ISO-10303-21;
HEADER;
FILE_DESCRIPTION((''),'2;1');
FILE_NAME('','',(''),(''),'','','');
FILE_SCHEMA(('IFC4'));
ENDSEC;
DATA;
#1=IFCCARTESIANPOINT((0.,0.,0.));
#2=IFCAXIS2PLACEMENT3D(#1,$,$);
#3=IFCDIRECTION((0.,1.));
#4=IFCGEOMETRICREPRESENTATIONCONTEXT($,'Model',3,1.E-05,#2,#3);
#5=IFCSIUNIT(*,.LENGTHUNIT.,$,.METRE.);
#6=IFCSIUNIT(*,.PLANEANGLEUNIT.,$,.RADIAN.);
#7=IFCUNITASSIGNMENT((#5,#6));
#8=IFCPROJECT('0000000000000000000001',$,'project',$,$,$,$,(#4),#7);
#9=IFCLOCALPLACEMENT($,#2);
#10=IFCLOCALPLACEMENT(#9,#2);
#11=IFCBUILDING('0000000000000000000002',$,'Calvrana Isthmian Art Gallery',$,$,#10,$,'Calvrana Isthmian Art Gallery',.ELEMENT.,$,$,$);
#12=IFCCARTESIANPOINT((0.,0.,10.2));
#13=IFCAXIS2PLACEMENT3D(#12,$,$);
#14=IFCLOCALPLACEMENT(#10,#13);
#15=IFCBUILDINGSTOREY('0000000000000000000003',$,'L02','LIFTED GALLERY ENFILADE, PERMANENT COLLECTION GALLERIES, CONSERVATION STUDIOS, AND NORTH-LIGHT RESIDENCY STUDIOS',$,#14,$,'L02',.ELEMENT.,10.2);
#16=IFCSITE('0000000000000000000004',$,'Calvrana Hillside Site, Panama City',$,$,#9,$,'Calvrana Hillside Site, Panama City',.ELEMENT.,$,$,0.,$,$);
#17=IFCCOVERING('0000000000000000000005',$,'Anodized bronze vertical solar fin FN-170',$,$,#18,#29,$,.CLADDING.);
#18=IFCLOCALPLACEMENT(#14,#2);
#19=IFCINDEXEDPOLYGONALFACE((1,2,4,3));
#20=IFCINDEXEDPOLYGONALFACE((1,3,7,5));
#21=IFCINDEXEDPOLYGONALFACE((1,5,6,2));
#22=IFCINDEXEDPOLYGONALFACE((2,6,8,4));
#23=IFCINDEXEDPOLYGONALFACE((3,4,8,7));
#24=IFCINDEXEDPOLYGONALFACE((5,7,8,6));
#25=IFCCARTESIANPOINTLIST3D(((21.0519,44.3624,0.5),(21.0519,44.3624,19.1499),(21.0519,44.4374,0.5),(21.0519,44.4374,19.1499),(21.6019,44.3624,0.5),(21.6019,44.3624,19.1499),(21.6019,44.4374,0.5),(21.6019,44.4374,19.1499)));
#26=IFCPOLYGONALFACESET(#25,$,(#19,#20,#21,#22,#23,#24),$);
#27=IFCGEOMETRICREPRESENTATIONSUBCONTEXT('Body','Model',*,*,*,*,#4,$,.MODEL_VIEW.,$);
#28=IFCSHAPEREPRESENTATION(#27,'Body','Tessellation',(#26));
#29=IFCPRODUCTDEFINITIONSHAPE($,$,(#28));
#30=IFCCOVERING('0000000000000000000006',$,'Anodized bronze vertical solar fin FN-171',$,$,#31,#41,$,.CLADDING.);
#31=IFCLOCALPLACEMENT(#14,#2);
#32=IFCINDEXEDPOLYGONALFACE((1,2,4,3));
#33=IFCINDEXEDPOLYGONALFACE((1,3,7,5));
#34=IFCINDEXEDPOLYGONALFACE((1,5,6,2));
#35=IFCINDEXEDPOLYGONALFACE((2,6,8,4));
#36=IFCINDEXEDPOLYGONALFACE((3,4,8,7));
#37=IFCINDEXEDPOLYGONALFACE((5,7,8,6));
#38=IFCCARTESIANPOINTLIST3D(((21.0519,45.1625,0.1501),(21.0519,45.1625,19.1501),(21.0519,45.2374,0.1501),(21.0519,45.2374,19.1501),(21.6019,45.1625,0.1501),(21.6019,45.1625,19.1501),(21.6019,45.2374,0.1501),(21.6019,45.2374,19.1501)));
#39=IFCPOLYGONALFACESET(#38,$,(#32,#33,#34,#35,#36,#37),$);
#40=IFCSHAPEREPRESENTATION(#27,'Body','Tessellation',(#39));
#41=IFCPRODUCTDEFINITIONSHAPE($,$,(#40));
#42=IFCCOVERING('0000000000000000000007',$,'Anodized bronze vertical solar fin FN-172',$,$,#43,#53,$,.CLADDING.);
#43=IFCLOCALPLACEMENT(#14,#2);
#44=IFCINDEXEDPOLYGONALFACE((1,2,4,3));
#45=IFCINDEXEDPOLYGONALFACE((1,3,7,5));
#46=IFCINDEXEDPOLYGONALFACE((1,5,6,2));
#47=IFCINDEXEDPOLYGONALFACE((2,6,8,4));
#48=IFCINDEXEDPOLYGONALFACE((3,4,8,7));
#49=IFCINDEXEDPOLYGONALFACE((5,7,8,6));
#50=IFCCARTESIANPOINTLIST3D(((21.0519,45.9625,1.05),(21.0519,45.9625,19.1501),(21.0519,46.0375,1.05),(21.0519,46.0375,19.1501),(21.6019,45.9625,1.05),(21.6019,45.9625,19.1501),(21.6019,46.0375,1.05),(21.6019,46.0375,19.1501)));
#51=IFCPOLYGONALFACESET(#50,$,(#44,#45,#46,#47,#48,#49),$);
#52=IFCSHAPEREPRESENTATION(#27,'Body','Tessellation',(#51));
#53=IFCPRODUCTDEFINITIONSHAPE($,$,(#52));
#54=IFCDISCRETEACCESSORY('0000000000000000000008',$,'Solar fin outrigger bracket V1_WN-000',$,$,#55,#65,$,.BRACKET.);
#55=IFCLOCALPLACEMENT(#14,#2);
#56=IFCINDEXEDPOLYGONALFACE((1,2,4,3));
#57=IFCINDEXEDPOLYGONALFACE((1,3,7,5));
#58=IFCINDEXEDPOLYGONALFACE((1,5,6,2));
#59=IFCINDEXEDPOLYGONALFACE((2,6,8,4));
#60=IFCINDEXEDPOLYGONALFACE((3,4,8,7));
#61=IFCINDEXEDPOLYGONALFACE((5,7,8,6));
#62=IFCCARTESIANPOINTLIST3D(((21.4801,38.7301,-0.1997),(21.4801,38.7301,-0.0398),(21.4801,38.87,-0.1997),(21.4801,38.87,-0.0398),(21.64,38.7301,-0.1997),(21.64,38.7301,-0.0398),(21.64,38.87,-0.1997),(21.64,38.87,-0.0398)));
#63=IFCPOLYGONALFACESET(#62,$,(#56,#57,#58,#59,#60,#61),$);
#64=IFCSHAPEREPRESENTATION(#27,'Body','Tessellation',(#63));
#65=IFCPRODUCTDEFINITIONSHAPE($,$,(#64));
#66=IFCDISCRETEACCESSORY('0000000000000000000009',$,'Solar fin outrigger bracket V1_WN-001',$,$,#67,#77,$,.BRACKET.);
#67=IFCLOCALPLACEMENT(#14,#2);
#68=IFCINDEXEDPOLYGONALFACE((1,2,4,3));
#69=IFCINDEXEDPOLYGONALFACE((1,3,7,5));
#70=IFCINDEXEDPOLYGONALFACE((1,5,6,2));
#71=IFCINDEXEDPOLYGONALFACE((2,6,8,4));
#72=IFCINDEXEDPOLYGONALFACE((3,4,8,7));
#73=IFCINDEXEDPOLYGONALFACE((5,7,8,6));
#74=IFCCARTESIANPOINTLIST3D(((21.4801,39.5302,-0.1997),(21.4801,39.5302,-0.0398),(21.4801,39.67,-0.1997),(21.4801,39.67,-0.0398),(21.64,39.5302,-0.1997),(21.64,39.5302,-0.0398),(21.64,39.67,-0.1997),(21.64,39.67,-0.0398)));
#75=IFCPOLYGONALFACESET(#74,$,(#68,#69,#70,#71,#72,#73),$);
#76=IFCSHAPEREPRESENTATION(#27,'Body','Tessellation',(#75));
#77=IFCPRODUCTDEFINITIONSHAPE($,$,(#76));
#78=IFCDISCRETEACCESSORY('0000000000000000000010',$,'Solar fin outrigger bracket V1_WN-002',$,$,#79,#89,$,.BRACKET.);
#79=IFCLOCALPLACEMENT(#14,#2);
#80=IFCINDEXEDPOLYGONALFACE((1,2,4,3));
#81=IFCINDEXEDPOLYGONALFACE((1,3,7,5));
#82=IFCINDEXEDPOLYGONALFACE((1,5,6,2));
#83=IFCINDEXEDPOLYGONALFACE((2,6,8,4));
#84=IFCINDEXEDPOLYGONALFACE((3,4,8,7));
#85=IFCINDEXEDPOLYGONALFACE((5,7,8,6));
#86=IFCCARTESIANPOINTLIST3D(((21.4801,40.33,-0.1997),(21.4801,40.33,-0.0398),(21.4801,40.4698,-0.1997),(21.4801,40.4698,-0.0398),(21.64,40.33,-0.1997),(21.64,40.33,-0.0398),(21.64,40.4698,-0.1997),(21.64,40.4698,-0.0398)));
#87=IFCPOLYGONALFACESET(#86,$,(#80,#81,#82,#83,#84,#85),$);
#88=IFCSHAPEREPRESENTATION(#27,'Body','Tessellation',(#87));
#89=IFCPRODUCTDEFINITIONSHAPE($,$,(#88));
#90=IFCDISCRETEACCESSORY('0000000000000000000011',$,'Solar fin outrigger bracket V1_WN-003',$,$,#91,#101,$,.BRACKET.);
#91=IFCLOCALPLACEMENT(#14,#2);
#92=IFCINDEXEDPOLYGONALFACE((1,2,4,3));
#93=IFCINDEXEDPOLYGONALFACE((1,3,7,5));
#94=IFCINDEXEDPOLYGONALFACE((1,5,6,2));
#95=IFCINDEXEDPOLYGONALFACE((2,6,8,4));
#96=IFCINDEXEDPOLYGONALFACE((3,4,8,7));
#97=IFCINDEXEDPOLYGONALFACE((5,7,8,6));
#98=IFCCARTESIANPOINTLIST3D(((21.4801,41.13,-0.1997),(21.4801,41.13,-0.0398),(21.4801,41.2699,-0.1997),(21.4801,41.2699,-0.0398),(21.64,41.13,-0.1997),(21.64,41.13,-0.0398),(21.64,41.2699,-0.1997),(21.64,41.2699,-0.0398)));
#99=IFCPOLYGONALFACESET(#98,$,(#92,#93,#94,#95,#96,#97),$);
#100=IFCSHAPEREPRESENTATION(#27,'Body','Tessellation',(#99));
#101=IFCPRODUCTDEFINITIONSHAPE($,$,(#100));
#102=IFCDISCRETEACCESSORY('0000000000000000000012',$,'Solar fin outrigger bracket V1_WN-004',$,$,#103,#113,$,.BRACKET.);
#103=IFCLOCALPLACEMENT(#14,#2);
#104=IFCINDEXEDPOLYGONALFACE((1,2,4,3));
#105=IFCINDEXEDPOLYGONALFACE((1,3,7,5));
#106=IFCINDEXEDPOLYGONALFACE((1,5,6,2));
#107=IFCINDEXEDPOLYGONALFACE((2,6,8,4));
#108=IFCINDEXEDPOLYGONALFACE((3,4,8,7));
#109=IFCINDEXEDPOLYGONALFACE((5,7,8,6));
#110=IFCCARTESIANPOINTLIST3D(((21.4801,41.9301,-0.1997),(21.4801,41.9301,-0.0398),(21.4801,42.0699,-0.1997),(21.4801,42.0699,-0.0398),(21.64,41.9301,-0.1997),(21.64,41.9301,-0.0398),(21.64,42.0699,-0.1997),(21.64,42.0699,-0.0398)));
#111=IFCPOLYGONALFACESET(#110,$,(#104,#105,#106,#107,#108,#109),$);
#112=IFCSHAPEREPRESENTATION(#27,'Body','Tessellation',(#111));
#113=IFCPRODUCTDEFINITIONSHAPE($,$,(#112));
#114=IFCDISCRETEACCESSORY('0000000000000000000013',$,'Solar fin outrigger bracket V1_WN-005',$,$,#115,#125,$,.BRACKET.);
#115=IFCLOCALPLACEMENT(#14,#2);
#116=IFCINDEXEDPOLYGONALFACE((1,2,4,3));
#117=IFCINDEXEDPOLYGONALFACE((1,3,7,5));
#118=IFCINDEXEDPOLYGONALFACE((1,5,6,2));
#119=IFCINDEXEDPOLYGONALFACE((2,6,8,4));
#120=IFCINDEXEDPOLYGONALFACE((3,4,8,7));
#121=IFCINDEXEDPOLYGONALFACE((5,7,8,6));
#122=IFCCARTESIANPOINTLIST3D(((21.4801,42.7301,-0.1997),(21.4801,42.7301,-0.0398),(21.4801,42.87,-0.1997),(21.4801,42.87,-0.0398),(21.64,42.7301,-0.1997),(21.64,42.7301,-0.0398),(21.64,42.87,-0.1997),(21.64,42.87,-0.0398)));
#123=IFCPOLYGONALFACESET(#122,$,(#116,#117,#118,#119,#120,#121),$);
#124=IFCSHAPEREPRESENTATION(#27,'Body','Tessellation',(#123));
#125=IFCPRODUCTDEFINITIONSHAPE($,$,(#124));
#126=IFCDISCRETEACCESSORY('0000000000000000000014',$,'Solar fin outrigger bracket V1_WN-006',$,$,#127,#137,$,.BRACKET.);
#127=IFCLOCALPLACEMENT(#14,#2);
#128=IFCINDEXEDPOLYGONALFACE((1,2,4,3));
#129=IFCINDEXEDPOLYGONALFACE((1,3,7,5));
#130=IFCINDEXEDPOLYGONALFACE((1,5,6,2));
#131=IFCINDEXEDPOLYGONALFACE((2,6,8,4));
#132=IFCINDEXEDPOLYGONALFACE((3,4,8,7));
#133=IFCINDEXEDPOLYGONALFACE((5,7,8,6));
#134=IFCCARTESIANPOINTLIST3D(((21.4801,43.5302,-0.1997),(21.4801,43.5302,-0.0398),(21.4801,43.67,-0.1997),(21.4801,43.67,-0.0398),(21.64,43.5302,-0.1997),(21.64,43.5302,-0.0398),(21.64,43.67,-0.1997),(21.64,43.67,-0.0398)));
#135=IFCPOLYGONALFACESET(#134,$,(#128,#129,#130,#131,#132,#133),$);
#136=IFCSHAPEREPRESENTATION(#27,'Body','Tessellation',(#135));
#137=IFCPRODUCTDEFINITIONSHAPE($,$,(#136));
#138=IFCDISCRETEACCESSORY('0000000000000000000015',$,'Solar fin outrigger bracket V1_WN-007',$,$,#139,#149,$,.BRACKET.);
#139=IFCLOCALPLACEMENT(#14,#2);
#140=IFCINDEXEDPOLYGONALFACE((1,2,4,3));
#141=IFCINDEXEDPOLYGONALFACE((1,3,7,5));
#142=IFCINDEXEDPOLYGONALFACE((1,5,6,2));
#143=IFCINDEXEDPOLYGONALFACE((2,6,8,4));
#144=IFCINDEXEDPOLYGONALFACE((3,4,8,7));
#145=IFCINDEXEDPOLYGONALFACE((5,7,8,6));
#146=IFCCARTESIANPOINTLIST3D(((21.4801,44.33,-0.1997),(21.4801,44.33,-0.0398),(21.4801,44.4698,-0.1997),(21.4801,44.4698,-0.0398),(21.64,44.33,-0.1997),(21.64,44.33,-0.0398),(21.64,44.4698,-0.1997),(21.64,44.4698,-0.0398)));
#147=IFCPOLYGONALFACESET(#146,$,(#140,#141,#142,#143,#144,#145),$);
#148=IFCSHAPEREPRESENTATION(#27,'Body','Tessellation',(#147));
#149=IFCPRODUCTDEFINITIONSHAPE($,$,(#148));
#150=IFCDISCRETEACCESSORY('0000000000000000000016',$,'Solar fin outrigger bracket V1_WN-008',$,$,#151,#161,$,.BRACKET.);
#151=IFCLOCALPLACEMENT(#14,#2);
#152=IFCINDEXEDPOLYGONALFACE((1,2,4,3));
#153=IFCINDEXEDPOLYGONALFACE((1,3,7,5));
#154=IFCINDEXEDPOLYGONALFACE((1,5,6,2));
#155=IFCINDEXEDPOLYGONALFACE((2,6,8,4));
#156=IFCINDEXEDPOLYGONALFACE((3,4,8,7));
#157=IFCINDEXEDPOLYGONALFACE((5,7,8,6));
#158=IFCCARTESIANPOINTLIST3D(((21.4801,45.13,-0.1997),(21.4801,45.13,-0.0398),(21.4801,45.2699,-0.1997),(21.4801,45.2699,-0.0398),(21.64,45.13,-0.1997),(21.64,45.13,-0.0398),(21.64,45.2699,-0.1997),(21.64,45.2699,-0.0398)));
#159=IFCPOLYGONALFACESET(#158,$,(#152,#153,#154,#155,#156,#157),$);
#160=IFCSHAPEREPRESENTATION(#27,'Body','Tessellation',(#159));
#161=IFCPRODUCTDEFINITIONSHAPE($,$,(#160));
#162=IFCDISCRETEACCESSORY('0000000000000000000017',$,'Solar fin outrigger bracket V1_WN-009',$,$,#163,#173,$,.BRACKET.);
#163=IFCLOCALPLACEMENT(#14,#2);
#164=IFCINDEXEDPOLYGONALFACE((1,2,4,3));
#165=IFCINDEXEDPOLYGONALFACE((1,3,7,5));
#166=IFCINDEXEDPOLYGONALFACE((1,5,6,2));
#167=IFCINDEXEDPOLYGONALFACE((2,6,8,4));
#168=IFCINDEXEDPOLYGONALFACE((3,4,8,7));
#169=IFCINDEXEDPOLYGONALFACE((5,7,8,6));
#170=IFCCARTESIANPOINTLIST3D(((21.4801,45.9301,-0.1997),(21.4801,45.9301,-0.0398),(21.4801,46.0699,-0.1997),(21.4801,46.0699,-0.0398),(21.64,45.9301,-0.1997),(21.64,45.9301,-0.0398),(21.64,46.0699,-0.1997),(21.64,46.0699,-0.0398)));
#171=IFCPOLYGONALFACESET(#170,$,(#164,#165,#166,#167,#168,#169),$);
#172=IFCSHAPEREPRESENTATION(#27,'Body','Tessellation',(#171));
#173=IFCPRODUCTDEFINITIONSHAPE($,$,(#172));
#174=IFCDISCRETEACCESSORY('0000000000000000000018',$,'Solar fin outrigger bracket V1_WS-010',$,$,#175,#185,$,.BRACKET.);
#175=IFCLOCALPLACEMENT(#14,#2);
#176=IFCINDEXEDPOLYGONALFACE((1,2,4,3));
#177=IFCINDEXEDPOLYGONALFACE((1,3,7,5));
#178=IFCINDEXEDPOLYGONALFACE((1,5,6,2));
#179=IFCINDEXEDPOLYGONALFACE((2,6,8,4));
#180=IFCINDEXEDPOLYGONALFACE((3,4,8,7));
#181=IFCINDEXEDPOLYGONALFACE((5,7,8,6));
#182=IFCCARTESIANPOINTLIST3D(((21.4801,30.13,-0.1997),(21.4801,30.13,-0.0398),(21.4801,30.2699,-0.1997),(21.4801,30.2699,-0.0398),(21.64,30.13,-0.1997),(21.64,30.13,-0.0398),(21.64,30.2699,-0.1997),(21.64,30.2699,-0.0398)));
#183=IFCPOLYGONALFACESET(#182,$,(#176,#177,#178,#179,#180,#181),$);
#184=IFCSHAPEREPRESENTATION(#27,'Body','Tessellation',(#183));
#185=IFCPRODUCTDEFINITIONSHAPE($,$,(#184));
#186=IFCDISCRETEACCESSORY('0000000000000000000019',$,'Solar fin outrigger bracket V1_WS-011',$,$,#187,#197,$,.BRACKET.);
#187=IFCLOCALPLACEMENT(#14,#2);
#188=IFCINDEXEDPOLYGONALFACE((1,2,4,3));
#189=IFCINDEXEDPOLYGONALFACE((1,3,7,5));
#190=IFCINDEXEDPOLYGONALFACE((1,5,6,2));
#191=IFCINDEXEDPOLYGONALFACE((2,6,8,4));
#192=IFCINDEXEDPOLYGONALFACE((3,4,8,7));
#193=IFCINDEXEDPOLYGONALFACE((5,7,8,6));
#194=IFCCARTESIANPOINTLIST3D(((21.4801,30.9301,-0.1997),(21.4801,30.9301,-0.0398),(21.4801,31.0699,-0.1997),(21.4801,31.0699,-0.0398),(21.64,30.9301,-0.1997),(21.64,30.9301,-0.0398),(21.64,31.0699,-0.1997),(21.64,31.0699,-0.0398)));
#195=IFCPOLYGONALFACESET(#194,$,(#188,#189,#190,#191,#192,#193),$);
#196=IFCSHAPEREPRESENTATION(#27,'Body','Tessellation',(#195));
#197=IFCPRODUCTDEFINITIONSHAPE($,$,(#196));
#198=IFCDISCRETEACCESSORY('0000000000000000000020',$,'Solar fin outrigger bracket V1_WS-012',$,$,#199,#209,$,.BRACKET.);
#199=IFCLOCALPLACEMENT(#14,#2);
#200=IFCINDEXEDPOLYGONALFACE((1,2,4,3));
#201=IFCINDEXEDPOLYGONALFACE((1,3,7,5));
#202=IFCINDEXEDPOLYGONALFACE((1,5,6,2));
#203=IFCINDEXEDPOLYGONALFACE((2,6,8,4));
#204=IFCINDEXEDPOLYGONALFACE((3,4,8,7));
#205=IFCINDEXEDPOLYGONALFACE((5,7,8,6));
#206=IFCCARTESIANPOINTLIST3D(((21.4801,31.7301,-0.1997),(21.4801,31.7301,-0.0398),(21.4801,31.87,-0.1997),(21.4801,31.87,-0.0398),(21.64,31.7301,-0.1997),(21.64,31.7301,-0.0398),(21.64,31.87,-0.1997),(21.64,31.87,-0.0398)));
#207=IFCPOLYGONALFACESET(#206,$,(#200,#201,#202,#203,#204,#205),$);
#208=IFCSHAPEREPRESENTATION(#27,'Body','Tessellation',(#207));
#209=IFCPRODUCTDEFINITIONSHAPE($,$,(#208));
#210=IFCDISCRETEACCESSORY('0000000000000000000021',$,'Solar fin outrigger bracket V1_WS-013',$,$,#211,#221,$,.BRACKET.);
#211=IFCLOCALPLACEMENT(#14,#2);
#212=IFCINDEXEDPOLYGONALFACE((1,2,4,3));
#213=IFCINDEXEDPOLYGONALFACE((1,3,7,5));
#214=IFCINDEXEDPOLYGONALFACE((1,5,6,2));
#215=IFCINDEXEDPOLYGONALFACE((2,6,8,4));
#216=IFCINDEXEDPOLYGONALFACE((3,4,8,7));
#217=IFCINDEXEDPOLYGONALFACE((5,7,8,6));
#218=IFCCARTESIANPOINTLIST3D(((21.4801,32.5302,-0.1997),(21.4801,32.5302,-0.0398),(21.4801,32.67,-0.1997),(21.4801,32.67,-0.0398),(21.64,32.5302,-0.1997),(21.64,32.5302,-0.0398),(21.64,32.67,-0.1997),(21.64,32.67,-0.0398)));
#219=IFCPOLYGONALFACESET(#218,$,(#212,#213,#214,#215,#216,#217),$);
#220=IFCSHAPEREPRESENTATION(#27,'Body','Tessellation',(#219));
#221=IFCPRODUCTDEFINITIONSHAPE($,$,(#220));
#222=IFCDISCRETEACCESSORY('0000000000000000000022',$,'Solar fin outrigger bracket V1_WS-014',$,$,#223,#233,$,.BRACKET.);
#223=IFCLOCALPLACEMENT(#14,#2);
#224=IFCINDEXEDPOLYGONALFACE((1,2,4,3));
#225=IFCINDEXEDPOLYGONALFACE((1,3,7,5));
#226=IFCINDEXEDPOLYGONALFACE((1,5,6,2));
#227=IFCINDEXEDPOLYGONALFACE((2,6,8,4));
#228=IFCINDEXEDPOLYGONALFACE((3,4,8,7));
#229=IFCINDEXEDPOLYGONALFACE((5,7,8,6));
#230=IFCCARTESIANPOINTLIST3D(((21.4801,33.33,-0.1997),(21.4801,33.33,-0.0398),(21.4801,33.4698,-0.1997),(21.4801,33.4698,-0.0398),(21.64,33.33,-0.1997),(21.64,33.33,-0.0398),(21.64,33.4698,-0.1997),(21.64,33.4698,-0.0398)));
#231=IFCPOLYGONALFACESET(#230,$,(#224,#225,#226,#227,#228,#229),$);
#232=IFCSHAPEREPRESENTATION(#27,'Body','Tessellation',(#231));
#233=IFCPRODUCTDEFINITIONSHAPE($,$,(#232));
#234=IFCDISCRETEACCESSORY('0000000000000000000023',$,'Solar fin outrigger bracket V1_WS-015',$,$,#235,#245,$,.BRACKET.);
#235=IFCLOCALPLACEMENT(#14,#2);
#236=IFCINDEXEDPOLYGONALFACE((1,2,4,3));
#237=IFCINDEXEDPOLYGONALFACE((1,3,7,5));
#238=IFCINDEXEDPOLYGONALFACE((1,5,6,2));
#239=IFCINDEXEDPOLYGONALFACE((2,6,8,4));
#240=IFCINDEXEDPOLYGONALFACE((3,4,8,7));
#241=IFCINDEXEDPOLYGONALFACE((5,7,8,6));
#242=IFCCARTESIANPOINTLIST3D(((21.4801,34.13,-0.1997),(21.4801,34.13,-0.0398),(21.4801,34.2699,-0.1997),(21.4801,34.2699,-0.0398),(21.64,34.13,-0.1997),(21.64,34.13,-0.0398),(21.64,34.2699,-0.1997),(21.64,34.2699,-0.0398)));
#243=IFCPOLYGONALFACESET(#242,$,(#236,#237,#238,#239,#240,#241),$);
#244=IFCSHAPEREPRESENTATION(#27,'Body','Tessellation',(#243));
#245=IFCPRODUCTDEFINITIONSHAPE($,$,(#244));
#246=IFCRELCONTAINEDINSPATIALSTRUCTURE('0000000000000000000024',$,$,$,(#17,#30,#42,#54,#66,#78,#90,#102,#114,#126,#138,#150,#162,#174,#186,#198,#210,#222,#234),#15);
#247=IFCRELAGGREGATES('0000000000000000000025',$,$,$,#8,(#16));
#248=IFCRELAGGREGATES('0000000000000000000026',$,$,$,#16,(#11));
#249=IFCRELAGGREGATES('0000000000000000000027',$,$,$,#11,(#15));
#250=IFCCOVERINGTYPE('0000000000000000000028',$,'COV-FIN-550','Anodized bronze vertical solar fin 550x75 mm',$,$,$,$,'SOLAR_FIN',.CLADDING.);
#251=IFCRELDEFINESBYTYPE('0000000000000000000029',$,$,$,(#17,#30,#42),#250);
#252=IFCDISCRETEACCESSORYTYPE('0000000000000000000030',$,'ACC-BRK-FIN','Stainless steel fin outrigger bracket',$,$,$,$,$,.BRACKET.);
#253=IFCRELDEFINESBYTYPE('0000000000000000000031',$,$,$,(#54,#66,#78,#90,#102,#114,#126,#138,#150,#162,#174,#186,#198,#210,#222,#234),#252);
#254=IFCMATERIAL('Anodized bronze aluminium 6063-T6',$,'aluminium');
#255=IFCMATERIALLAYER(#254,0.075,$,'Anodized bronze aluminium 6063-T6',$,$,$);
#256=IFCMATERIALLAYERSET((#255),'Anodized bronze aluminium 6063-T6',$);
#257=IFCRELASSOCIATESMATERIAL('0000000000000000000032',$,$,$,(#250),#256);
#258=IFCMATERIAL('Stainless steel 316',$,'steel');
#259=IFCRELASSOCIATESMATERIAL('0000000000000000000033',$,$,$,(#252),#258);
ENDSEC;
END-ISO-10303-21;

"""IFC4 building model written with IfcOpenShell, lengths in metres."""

from ifc_helpers import new_model, si_unit, direction, frame, origin, origin_2d, place, context, subcontext, project, spatial, rectangle, extrude, material, layer, layer_set, type_object, element, save


model = new_model("IFC4")

# Units and contexts
model_context = context("Model", 3, precision=1e-05, world=origin(), true_north=direction((0.0, 1.0)))
body_context = subcontext(model_context, "Body", "Model", "MODEL_VIEW")
ifc_project = project(units=[si_unit("LENGTHUNIT", "METRE"), si_unit("PLANEANGLEUNIT", "RADIAN")], contexts=[model_context])

# Site, building, storey
site_placement = place(None, origin())
site = spatial("IfcSite", under=ifc_project, at=site_placement, Name="Calvrana Hillside Site, Panama City", LongName="Calvrana Hillside Site, Panama City", CompositionType="ELEMENT", RefElevation=0.0)
building_placement = place(site_placement, origin())
building = spatial("IfcBuilding", under=site, at=building_placement, Name="Calvrana Isthmian Art Gallery", LongName="Calvrana Isthmian Art Gallery", CompositionType="ELEMENT")
storey_placement = place(building_placement, frame((0.0, 0.0, 10.2)))
storey = spatial("IfcBuildingStorey", under=building, at=storey_placement, Name="L02", Description="LIFTED GALLERY ENFILADE, PERMANENT COLLECTION GALLERIES, CONSERVATION STUDIOS, AND NORTH-LIGHT RESIDENCY STUDIOS", LongName="L02", CompositionType="ELEMENT", Elevation=10.2)

# Coverings
ifc_material_1 = material(Name="Anodized bronze aluminium 6063-T6", Category="aluminium")
ifc_layer = layer(ifc_material_1, 0.075, Name="Anodized bronze aluminium 6063-T6")
ifc_layer_set = layer_set([ifc_layer], Name="Anodized bronze aluminium 6063-T6")
covering_type = type_object("IfcCoveringType", Name="COV-FIN-550", Description="Anodized bronze vertical solar fin 550x75 mm", ElementType="SOLAR_FIN", PredefinedType="CLADDING", material=ifc_layer_set)
covering_1_placement = place(storey_placement, frame((21.3269, 44.3999, 0.5), z_axis=(0.0, 0.0, 1.0), x_axis=(1.0, 0.0, 0.0)))
element("IfcCovering", 1, at=covering_1_placement, inside=storey, type_object=covering_type, Name="Anodized bronze vertical solar fin FN-170", PredefinedType="CLADDING", context=body_context, shape_type="SweptSolid", body=[
    extrude(rectangle(XDim=0.55, YDim=0.075, at=origin_2d()), origin(), (0.0, 0.0, 1.0), 18.6499),
])
covering_2_placement = place(storey_placement, frame((21.3269, 45.2, 0.1501), z_axis=(0.0, 0.0, 1.0), x_axis=(1.0, 0.0, 0.0)))
element("IfcCovering", 2, at=covering_2_placement, inside=storey, type_object=covering_type, Name="Anodized bronze vertical solar fin FN-171", PredefinedType="CLADDING", context=body_context, shape_type="SweptSolid", body=[
    extrude(rectangle(XDim=0.55, YDim=0.075, at=origin_2d()), origin(), (0.0, 0.0, 1.0), 19.0),
])
covering_3_placement = place(storey_placement, frame((21.3269, 46.0, 1.05), z_axis=(0.0, 0.0, 1.0), x_axis=(1.0, 0.0, 0.0)))
element("IfcCovering", 3, at=covering_3_placement, inside=storey, type_object=covering_type, Name="Anodized bronze vertical solar fin FN-172", PredefinedType="CLADDING", context=body_context, shape_type="SweptSolid", body=[
    extrude(rectangle(XDim=0.55, YDim=0.075, at=origin_2d()), origin(), (0.0, 0.0, 1.0), 18.1001),
])

# Discrete accessories
ifc_material_2 = material(Name="Stainless steel 316", Category="steel")
discrete_accessory_type = type_object("IfcDiscreteAccessoryType", Name="ACC-BRK-FIN", Description="Stainless steel fin outrigger bracket", PredefinedType="BRACKET", material=ifc_material_2)
for number, where, z_axis, x_axis, name in (
    (4, (21.5601, 38.8, -0.1997), (0.0, 0.0, 1.0), (1.0, 0.0, 0.0), "Solar fin outrigger bracket V1_WN-000"),
    (5, (21.5601, 39.6001, -0.1997), (0.0, 0.0, 1.0), (1.0, 0.0, 0.0), "Solar fin outrigger bracket V1_WN-001"),
    (6, (21.5601, 40.3999, -0.1997), (0.0, 0.0, 1.0), (1.0, 0.0, 0.0), "Solar fin outrigger bracket V1_WN-002"),
    (7, (21.5601, 41.2, -0.1997), (0.0, 0.0, 1.0), (1.0, 0.0, 0.0), "Solar fin outrigger bracket V1_WN-003"),
    (8, (21.5601, 42.0, -0.1997), (0.0, 0.0, 1.0), (1.0, 0.0, 0.0), "Solar fin outrigger bracket V1_WN-004"),
    (9, (21.5601, 42.8, -0.1997), (0.0, 0.0, 1.0), (1.0, 0.0, 0.0), "Solar fin outrigger bracket V1_WN-005"),
    (10, (21.5601, 43.6001, -0.1997), (0.0, 0.0, 1.0), (1.0, 0.0, 0.0), "Solar fin outrigger bracket V1_WN-006"),
    (11, (21.5601, 44.3999, -0.1997), (0.0, 0.0, 1.0), (1.0, 0.0, 0.0), "Solar fin outrigger bracket V1_WN-007"),
    (12, (21.5601, 45.2, -0.1997), (0.0, 0.0, 1.0), (1.0, 0.0, 0.0), "Solar fin outrigger bracket V1_WN-008"),
    (13, (21.5601, 46.0, -0.1997), (0.0, 0.0, 1.0), (1.0, 0.0, 0.0), "Solar fin outrigger bracket V1_WN-009"),
    (14, (21.5601, 30.2, -0.1997), (0.0, 0.0, 1.0), (1.0, 0.0, 0.0), "Solar fin outrigger bracket V1_WS-010"),
    (15, (21.5601, 31.0, -0.1997), (0.0, 0.0, 1.0), (1.0, 0.0, 0.0), "Solar fin outrigger bracket V1_WS-011"),
    (16, (21.5601, 31.8, -0.1997), (0.0, 0.0, 1.0), (1.0, 0.0, 0.0), "Solar fin outrigger bracket V1_WS-012"),
    (17, (21.5601, 32.6001, -0.1997), (0.0, 0.0, 1.0), (1.0, 0.0, 0.0), "Solar fin outrigger bracket V1_WS-013"),
    (18, (21.5601, 33.3999, -0.1997), (0.0, 0.0, 1.0), (1.0, 0.0, 0.0), "Solar fin outrigger bracket V1_WS-014"),
    (19, (21.5601, 34.2, -0.1997), (0.0, 0.0, 1.0), (1.0, 0.0, 0.0), "Solar fin outrigger bracket V1_WS-015"),
):
    element("IfcDiscreteAccessory", number, at=place(storey_placement, frame(where, z_axis=z_axis, x_axis=x_axis)), inside=storey, type_object=discrete_accessory_type, Name=name, PredefinedType="BRACKET", context=body_context, shape_type="SweptSolid", body=[
        extrude(rectangle(XDim=0.1599, YDim=0.1399, at=origin_2d()), origin(), (0.0, 0.0, 1.0), 0.1599),
    ])

save(model, "model.ifc")
